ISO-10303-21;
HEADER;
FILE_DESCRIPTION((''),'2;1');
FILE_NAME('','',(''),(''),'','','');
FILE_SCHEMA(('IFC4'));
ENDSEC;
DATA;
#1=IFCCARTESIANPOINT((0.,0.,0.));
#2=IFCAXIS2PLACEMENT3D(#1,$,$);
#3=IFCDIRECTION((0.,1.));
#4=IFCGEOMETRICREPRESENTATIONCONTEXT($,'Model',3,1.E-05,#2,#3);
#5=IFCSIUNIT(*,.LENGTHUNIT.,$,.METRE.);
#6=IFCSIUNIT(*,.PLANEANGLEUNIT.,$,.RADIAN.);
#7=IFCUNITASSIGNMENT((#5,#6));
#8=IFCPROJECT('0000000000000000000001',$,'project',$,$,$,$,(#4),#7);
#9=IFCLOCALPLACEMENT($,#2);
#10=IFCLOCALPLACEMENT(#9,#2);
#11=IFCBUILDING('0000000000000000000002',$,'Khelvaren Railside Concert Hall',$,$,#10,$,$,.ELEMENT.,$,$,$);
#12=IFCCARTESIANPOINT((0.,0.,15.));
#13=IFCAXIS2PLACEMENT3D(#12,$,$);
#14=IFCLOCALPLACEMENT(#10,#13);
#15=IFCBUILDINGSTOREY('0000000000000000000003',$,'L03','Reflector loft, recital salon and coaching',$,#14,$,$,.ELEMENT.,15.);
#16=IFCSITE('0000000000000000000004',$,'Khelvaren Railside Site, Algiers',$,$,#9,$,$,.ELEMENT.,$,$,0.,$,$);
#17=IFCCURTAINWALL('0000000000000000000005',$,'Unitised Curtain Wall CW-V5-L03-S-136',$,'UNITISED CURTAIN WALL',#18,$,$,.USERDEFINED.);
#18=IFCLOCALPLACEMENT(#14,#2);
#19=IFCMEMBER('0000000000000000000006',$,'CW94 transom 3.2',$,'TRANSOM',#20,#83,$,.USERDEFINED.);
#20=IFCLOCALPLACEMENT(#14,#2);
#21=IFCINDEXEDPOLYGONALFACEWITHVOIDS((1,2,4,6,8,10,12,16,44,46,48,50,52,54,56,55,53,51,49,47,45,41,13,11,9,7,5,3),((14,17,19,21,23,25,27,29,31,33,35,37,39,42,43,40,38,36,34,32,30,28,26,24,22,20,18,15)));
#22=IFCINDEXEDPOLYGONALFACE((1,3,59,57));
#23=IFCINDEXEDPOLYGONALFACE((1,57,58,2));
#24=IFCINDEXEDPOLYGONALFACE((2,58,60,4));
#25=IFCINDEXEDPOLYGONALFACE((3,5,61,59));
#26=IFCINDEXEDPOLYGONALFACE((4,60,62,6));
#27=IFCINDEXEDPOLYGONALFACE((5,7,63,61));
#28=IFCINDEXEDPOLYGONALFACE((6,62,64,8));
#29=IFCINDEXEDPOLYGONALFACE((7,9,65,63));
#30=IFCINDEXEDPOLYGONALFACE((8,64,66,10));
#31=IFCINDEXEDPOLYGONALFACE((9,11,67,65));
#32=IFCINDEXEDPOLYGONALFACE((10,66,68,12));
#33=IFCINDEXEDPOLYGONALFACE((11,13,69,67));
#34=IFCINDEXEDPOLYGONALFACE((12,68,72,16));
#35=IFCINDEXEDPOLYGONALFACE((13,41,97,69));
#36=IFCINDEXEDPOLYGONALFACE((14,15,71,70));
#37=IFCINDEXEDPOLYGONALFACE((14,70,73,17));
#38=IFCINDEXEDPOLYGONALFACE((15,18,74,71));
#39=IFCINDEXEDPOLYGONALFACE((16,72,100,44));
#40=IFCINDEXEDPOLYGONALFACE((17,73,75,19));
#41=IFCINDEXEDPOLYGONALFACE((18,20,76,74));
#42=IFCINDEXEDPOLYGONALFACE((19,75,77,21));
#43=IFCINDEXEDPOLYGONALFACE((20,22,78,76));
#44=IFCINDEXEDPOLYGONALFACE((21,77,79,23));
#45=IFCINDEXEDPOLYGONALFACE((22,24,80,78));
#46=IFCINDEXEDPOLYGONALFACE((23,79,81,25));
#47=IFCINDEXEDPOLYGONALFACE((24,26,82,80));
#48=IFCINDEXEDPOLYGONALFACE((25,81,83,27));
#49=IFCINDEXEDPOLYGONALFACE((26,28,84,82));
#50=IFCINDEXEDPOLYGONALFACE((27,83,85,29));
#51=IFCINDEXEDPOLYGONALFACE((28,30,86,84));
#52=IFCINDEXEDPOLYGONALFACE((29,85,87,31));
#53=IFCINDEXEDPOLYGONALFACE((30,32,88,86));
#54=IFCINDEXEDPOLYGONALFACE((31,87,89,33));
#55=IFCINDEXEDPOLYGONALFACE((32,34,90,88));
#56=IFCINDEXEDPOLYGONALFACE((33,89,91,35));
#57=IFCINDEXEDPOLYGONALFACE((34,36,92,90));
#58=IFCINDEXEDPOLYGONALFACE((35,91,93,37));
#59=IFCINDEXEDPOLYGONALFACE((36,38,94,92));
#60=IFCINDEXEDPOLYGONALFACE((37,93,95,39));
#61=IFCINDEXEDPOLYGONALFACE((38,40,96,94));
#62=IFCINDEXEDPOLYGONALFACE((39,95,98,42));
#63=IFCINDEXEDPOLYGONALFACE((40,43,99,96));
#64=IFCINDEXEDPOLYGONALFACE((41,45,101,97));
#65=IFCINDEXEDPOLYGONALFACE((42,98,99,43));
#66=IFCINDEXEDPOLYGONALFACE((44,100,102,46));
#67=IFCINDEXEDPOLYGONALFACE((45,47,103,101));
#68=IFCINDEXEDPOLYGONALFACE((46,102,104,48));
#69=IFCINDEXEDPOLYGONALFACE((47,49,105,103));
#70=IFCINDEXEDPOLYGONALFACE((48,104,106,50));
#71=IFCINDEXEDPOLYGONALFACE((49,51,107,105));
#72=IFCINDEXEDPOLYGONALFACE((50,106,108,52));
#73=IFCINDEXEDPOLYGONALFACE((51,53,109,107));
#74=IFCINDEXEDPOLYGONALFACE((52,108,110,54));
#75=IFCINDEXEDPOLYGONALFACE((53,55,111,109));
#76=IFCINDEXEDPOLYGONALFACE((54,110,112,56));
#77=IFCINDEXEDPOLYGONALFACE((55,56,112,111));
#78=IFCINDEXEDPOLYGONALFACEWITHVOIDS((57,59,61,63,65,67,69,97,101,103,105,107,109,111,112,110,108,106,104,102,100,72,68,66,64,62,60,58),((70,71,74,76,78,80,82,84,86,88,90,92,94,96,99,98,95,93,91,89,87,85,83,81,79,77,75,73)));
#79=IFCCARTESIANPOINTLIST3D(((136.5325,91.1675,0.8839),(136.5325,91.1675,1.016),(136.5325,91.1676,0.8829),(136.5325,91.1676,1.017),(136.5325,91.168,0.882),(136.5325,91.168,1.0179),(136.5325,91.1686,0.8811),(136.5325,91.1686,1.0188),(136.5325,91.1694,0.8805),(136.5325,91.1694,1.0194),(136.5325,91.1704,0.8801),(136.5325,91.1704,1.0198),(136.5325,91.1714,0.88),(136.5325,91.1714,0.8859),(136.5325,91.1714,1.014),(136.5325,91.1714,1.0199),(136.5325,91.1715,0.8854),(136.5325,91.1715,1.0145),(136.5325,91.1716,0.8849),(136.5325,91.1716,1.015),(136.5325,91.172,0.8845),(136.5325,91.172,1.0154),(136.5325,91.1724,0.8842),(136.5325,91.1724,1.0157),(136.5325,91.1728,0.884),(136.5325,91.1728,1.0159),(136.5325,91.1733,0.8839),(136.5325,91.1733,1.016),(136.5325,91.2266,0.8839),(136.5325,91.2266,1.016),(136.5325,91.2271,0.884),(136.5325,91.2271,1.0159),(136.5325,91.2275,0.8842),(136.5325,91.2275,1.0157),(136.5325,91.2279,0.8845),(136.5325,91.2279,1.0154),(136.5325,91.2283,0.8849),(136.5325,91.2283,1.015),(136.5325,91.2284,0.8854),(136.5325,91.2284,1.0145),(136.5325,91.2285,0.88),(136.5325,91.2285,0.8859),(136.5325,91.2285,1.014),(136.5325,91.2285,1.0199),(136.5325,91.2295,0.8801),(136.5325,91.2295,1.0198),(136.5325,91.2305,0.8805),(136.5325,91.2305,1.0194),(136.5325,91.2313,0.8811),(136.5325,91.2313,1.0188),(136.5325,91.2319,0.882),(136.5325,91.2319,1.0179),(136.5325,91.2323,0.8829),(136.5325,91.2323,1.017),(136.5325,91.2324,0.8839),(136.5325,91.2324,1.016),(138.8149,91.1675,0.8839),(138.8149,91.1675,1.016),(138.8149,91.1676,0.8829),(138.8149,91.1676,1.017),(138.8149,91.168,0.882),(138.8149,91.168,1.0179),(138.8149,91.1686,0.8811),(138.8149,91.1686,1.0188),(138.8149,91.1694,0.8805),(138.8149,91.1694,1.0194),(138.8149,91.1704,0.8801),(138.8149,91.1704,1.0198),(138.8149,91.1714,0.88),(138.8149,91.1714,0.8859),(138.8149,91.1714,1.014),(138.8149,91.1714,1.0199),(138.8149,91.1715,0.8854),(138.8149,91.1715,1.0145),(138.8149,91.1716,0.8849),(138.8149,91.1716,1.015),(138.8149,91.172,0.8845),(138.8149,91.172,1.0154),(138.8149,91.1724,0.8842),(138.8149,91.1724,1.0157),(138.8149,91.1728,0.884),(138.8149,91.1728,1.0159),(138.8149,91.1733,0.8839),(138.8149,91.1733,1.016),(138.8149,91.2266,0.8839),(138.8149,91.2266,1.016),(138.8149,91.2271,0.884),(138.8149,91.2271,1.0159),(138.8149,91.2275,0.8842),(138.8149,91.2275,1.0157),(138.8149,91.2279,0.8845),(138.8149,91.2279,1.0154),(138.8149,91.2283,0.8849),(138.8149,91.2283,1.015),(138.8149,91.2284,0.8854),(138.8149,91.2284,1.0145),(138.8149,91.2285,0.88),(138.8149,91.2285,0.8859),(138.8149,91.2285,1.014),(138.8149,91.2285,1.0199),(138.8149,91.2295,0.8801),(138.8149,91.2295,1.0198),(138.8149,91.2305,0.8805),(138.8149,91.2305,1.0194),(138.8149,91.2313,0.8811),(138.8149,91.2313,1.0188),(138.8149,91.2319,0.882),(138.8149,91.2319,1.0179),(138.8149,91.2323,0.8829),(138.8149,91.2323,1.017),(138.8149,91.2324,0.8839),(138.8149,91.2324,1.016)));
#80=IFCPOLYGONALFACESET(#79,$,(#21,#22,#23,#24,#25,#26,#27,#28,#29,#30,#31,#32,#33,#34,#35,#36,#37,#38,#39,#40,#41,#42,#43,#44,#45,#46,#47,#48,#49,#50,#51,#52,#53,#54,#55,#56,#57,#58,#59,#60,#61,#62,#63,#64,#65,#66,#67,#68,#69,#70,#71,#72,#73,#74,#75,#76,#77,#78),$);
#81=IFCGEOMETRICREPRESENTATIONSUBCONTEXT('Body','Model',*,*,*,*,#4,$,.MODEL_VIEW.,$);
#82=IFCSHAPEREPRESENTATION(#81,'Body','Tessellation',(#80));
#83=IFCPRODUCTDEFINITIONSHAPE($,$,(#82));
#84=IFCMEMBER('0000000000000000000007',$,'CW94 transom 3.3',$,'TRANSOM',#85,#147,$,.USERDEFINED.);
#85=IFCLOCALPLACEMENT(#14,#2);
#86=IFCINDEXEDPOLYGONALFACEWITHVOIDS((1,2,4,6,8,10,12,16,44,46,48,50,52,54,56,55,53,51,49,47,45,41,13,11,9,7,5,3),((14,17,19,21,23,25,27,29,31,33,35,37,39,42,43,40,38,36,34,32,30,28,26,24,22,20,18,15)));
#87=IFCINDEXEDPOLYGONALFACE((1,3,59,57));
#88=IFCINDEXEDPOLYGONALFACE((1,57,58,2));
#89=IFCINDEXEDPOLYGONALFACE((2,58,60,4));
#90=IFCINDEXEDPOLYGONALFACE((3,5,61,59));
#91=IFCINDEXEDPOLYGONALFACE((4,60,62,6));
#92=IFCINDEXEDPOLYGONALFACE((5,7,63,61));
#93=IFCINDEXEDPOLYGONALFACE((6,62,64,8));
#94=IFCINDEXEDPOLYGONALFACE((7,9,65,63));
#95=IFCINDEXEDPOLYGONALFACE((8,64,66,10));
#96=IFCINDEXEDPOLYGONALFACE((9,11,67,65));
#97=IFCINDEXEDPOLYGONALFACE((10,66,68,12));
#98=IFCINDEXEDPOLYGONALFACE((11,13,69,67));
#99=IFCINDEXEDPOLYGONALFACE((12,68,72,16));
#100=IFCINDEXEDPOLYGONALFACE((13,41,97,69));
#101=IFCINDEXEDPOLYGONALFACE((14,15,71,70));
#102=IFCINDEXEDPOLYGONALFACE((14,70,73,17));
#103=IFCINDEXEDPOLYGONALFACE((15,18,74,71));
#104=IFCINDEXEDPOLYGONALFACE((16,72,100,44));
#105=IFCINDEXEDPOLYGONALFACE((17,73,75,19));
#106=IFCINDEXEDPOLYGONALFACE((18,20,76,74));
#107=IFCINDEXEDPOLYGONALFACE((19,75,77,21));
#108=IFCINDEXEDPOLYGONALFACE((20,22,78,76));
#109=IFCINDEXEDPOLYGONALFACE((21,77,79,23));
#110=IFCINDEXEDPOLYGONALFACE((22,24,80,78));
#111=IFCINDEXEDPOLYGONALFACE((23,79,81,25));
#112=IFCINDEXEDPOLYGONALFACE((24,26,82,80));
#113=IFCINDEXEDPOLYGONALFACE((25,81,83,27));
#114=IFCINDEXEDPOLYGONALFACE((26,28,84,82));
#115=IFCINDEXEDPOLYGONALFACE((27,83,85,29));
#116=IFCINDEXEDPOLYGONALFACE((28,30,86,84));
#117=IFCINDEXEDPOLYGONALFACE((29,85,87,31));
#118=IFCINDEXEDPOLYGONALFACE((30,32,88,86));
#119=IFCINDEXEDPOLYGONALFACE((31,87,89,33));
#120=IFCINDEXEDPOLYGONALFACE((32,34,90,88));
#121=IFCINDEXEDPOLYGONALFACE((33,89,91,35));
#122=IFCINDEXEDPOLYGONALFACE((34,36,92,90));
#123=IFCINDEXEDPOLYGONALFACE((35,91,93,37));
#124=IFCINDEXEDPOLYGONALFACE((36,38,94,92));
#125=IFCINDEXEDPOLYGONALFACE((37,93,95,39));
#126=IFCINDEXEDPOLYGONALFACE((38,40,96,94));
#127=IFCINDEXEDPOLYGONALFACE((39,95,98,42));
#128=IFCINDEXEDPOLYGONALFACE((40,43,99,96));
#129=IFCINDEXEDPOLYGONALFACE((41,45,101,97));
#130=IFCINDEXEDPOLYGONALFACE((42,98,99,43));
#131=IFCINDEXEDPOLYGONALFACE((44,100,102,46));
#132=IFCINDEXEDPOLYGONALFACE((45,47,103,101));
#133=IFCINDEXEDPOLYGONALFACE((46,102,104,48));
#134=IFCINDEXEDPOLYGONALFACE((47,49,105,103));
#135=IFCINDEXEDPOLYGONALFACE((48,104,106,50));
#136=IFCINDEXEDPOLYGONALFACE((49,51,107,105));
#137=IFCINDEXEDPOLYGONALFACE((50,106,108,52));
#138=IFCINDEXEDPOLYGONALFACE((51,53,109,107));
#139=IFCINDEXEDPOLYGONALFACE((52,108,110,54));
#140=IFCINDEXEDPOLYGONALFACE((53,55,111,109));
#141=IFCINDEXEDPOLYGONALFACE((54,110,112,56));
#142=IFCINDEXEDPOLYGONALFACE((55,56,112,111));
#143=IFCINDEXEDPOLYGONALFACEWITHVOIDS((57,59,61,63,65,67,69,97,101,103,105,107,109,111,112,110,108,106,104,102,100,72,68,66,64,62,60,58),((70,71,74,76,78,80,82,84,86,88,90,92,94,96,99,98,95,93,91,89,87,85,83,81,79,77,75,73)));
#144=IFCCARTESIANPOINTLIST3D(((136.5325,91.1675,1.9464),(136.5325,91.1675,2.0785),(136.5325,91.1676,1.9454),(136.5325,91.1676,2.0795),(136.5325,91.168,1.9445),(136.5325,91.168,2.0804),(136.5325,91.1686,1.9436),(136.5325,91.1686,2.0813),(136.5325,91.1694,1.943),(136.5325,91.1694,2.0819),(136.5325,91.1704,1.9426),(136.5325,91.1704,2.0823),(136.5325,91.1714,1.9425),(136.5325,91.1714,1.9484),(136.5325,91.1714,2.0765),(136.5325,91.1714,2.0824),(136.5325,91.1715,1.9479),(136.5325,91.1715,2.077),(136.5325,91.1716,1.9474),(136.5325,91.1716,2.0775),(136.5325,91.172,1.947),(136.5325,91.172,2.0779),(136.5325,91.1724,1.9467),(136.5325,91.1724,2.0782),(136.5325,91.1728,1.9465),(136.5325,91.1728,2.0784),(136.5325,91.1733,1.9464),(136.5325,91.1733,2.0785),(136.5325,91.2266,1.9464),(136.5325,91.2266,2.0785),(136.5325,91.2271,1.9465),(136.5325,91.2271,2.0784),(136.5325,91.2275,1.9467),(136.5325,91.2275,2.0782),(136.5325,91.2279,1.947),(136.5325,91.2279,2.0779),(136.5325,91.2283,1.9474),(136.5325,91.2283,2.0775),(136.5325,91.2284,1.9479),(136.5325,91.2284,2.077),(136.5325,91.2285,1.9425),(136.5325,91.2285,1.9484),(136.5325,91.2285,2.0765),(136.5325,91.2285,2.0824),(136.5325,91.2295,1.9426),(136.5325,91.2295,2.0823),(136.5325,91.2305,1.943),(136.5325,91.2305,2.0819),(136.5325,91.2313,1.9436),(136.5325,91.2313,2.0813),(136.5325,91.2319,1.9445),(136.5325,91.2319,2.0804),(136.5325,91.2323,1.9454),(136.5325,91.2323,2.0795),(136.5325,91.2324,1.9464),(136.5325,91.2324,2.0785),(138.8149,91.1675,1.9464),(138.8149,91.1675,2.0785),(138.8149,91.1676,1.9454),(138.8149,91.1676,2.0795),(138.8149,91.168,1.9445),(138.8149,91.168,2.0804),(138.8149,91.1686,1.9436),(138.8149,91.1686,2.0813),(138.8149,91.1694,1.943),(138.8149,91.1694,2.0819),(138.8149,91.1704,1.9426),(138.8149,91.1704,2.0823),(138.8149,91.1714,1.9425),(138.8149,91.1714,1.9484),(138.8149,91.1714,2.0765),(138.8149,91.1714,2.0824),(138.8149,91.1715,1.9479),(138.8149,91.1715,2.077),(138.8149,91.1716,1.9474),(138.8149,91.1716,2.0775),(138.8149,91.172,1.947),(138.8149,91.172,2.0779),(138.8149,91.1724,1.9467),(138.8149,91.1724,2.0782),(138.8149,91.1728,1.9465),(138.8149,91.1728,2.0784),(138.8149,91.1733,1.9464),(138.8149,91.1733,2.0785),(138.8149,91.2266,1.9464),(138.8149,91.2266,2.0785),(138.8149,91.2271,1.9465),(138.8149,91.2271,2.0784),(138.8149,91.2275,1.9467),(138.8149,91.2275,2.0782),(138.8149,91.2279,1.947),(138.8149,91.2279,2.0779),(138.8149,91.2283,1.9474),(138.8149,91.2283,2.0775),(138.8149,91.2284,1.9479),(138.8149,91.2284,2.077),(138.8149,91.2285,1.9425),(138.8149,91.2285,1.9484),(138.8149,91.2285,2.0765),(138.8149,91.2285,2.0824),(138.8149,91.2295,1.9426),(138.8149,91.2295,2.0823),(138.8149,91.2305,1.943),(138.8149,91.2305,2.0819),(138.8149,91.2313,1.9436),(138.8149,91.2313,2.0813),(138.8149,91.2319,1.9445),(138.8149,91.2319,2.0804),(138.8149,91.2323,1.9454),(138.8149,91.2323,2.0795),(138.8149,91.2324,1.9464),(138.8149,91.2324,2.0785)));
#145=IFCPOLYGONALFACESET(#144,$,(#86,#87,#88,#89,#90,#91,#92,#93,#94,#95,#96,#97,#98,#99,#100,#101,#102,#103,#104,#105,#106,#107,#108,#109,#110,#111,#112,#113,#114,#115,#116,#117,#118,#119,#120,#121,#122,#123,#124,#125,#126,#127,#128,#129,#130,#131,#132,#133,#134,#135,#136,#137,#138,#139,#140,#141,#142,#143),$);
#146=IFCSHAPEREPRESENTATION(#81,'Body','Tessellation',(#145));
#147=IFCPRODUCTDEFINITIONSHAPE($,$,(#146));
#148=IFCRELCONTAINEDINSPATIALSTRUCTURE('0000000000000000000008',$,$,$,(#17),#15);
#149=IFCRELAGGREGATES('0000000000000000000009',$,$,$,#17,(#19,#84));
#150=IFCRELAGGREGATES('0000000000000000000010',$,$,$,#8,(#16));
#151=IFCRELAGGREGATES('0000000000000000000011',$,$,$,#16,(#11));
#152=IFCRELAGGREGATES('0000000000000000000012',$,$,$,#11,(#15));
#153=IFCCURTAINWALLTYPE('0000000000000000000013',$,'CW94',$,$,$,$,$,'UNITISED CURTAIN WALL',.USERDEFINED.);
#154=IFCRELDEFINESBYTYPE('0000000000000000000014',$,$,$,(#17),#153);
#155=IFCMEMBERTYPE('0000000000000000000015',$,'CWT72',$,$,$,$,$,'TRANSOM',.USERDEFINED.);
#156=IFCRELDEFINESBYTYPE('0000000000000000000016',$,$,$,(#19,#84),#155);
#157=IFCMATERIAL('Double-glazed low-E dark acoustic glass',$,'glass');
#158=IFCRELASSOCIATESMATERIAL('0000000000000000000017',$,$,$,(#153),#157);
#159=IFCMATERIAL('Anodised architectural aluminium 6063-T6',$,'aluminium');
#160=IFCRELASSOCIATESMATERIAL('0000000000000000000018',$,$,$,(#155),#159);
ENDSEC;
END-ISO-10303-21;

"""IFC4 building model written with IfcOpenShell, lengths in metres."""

from ifc_helpers import new_model, si_unit, direction, frame, origin, origin_2d, place, context, subcontext, project, spatial, hollow_rectangle, extrude, material, material_profile, profile_set, type_object, element, aggregate, save


model = new_model("IFC4")

# Units and contexts
model_context = context("Model", 3, precision=1e-05, world=origin(), true_north=direction((0.0, 1.0)))
body_context = subcontext(model_context, "Body", "Model", "MODEL_VIEW")
ifc_project = project(units=[si_unit("LENGTHUNIT", "METRE"), si_unit("PLANEANGLEUNIT", "RADIAN")], contexts=[model_context])

# Site, building, storey
site_placement = place(None, origin())
site = spatial("IfcSite", under=ifc_project, at=site_placement, Name="Khelvaren Railside Site, Algiers", CompositionType="ELEMENT", RefElevation=0.0)
building_placement = place(site_placement, origin())
building = spatial("IfcBuilding", under=site, at=building_placement, Name="Khelvaren Railside Concert Hall", CompositionType="ELEMENT")
storey_placement = place(building_placement, frame((0.0, 0.0, 15.0)))
storey = spatial("IfcBuildingStorey", under=building, at=storey_placement, Name="L03", Description="Reflector loft, recital salon and coaching", CompositionType="ELEMENT", Elevation=15.0)

# Curtain wall, members
ifc_material_1 = material(Name="Double-glazed low-E dark acoustic glass", Category="glass")
curtain_wall_type = type_object("IfcCurtainWallType", Name="CW94", ElementType="UNITISED CURTAIN WALL", PredefinedType="USERDEFINED", material=ifc_material_1)
curtain_wall_placement = place(storey_placement, origin())
curtain_wall = element("IfcCurtainWall", 1, at=curtain_wall_placement, inside=storey, type_object=curtain_wall_type, Name="Unitised Curtain Wall CW-V5-L03-S-136", ObjectType="UNITISED CURTAIN WALL", PredefinedType="USERDEFINED")
ifc_material_2 = material(Name="Anodised architectural aluminium 6063-T6", Category="aluminium")
ifc_material_profile_1 = material_profile(ifc_material_2, hollow_rectangle(XDim=0.0649, YDim=0.1399, WallThickness=0.0039, InnerFilletRadius=0.002, OuterFilletRadius=0.0039, at=origin_2d()), Name="CWT 65x140x4")
ifc_profile_set_1 = profile_set([ifc_material_profile_1], Name="Anodised architectural aluminium 6063-T6")
member_type_1 = type_object("IfcMemberType", Name="CWT72", ElementType="TRANSOM", PredefinedType="USERDEFINED", material=ifc_profile_set_1)
member_1_placement = place(storey_placement, frame((138.8149, 91.2, 0.95), z_axis=(-1.0, 0.0, 0.0), x_axis=(0.0, -1.0, 0.0)))
member_1 = element("IfcMember", 2, at=member_1_placement, type_object=member_type_1, Name="CW94 transom 3.2", ObjectType="TRANSOM", PredefinedType="USERDEFINED", context=body_context, shape_type="SweptSolid", body=[
    extrude(hollow_rectangle(XDim=0.0649, YDim=0.1399, WallThickness=0.0039, InnerFilletRadius=0.002, OuterFilletRadius=0.0039, at=origin_2d()), origin(), (0.0, 0.0, 1.0), 2.2825),
])
member_2_placement = place(storey_placement, frame((138.8149, 91.2, 2.0125), z_axis=(-1.0, 0.0, 0.0), x_axis=(0.0, -1.0, 0.0)))
member_2 = element("IfcMember", 3, at=member_2_placement, type_object=member_type_1, Name="CW94 transom 3.3", ObjectType="TRANSOM", PredefinedType="USERDEFINED", context=body_context, shape_type="SweptSolid", body=[
    extrude(hollow_rectangle(XDim=0.0649, YDim=0.1399, WallThickness=0.0039, InnerFilletRadius=0.002, OuterFilletRadius=0.0039, at=origin_2d()), origin(), (0.0, 0.0, 1.0), 2.2825),
])

aggregate(curtain_wall, [member_1, member_2])

save(model, "model.ifc")
